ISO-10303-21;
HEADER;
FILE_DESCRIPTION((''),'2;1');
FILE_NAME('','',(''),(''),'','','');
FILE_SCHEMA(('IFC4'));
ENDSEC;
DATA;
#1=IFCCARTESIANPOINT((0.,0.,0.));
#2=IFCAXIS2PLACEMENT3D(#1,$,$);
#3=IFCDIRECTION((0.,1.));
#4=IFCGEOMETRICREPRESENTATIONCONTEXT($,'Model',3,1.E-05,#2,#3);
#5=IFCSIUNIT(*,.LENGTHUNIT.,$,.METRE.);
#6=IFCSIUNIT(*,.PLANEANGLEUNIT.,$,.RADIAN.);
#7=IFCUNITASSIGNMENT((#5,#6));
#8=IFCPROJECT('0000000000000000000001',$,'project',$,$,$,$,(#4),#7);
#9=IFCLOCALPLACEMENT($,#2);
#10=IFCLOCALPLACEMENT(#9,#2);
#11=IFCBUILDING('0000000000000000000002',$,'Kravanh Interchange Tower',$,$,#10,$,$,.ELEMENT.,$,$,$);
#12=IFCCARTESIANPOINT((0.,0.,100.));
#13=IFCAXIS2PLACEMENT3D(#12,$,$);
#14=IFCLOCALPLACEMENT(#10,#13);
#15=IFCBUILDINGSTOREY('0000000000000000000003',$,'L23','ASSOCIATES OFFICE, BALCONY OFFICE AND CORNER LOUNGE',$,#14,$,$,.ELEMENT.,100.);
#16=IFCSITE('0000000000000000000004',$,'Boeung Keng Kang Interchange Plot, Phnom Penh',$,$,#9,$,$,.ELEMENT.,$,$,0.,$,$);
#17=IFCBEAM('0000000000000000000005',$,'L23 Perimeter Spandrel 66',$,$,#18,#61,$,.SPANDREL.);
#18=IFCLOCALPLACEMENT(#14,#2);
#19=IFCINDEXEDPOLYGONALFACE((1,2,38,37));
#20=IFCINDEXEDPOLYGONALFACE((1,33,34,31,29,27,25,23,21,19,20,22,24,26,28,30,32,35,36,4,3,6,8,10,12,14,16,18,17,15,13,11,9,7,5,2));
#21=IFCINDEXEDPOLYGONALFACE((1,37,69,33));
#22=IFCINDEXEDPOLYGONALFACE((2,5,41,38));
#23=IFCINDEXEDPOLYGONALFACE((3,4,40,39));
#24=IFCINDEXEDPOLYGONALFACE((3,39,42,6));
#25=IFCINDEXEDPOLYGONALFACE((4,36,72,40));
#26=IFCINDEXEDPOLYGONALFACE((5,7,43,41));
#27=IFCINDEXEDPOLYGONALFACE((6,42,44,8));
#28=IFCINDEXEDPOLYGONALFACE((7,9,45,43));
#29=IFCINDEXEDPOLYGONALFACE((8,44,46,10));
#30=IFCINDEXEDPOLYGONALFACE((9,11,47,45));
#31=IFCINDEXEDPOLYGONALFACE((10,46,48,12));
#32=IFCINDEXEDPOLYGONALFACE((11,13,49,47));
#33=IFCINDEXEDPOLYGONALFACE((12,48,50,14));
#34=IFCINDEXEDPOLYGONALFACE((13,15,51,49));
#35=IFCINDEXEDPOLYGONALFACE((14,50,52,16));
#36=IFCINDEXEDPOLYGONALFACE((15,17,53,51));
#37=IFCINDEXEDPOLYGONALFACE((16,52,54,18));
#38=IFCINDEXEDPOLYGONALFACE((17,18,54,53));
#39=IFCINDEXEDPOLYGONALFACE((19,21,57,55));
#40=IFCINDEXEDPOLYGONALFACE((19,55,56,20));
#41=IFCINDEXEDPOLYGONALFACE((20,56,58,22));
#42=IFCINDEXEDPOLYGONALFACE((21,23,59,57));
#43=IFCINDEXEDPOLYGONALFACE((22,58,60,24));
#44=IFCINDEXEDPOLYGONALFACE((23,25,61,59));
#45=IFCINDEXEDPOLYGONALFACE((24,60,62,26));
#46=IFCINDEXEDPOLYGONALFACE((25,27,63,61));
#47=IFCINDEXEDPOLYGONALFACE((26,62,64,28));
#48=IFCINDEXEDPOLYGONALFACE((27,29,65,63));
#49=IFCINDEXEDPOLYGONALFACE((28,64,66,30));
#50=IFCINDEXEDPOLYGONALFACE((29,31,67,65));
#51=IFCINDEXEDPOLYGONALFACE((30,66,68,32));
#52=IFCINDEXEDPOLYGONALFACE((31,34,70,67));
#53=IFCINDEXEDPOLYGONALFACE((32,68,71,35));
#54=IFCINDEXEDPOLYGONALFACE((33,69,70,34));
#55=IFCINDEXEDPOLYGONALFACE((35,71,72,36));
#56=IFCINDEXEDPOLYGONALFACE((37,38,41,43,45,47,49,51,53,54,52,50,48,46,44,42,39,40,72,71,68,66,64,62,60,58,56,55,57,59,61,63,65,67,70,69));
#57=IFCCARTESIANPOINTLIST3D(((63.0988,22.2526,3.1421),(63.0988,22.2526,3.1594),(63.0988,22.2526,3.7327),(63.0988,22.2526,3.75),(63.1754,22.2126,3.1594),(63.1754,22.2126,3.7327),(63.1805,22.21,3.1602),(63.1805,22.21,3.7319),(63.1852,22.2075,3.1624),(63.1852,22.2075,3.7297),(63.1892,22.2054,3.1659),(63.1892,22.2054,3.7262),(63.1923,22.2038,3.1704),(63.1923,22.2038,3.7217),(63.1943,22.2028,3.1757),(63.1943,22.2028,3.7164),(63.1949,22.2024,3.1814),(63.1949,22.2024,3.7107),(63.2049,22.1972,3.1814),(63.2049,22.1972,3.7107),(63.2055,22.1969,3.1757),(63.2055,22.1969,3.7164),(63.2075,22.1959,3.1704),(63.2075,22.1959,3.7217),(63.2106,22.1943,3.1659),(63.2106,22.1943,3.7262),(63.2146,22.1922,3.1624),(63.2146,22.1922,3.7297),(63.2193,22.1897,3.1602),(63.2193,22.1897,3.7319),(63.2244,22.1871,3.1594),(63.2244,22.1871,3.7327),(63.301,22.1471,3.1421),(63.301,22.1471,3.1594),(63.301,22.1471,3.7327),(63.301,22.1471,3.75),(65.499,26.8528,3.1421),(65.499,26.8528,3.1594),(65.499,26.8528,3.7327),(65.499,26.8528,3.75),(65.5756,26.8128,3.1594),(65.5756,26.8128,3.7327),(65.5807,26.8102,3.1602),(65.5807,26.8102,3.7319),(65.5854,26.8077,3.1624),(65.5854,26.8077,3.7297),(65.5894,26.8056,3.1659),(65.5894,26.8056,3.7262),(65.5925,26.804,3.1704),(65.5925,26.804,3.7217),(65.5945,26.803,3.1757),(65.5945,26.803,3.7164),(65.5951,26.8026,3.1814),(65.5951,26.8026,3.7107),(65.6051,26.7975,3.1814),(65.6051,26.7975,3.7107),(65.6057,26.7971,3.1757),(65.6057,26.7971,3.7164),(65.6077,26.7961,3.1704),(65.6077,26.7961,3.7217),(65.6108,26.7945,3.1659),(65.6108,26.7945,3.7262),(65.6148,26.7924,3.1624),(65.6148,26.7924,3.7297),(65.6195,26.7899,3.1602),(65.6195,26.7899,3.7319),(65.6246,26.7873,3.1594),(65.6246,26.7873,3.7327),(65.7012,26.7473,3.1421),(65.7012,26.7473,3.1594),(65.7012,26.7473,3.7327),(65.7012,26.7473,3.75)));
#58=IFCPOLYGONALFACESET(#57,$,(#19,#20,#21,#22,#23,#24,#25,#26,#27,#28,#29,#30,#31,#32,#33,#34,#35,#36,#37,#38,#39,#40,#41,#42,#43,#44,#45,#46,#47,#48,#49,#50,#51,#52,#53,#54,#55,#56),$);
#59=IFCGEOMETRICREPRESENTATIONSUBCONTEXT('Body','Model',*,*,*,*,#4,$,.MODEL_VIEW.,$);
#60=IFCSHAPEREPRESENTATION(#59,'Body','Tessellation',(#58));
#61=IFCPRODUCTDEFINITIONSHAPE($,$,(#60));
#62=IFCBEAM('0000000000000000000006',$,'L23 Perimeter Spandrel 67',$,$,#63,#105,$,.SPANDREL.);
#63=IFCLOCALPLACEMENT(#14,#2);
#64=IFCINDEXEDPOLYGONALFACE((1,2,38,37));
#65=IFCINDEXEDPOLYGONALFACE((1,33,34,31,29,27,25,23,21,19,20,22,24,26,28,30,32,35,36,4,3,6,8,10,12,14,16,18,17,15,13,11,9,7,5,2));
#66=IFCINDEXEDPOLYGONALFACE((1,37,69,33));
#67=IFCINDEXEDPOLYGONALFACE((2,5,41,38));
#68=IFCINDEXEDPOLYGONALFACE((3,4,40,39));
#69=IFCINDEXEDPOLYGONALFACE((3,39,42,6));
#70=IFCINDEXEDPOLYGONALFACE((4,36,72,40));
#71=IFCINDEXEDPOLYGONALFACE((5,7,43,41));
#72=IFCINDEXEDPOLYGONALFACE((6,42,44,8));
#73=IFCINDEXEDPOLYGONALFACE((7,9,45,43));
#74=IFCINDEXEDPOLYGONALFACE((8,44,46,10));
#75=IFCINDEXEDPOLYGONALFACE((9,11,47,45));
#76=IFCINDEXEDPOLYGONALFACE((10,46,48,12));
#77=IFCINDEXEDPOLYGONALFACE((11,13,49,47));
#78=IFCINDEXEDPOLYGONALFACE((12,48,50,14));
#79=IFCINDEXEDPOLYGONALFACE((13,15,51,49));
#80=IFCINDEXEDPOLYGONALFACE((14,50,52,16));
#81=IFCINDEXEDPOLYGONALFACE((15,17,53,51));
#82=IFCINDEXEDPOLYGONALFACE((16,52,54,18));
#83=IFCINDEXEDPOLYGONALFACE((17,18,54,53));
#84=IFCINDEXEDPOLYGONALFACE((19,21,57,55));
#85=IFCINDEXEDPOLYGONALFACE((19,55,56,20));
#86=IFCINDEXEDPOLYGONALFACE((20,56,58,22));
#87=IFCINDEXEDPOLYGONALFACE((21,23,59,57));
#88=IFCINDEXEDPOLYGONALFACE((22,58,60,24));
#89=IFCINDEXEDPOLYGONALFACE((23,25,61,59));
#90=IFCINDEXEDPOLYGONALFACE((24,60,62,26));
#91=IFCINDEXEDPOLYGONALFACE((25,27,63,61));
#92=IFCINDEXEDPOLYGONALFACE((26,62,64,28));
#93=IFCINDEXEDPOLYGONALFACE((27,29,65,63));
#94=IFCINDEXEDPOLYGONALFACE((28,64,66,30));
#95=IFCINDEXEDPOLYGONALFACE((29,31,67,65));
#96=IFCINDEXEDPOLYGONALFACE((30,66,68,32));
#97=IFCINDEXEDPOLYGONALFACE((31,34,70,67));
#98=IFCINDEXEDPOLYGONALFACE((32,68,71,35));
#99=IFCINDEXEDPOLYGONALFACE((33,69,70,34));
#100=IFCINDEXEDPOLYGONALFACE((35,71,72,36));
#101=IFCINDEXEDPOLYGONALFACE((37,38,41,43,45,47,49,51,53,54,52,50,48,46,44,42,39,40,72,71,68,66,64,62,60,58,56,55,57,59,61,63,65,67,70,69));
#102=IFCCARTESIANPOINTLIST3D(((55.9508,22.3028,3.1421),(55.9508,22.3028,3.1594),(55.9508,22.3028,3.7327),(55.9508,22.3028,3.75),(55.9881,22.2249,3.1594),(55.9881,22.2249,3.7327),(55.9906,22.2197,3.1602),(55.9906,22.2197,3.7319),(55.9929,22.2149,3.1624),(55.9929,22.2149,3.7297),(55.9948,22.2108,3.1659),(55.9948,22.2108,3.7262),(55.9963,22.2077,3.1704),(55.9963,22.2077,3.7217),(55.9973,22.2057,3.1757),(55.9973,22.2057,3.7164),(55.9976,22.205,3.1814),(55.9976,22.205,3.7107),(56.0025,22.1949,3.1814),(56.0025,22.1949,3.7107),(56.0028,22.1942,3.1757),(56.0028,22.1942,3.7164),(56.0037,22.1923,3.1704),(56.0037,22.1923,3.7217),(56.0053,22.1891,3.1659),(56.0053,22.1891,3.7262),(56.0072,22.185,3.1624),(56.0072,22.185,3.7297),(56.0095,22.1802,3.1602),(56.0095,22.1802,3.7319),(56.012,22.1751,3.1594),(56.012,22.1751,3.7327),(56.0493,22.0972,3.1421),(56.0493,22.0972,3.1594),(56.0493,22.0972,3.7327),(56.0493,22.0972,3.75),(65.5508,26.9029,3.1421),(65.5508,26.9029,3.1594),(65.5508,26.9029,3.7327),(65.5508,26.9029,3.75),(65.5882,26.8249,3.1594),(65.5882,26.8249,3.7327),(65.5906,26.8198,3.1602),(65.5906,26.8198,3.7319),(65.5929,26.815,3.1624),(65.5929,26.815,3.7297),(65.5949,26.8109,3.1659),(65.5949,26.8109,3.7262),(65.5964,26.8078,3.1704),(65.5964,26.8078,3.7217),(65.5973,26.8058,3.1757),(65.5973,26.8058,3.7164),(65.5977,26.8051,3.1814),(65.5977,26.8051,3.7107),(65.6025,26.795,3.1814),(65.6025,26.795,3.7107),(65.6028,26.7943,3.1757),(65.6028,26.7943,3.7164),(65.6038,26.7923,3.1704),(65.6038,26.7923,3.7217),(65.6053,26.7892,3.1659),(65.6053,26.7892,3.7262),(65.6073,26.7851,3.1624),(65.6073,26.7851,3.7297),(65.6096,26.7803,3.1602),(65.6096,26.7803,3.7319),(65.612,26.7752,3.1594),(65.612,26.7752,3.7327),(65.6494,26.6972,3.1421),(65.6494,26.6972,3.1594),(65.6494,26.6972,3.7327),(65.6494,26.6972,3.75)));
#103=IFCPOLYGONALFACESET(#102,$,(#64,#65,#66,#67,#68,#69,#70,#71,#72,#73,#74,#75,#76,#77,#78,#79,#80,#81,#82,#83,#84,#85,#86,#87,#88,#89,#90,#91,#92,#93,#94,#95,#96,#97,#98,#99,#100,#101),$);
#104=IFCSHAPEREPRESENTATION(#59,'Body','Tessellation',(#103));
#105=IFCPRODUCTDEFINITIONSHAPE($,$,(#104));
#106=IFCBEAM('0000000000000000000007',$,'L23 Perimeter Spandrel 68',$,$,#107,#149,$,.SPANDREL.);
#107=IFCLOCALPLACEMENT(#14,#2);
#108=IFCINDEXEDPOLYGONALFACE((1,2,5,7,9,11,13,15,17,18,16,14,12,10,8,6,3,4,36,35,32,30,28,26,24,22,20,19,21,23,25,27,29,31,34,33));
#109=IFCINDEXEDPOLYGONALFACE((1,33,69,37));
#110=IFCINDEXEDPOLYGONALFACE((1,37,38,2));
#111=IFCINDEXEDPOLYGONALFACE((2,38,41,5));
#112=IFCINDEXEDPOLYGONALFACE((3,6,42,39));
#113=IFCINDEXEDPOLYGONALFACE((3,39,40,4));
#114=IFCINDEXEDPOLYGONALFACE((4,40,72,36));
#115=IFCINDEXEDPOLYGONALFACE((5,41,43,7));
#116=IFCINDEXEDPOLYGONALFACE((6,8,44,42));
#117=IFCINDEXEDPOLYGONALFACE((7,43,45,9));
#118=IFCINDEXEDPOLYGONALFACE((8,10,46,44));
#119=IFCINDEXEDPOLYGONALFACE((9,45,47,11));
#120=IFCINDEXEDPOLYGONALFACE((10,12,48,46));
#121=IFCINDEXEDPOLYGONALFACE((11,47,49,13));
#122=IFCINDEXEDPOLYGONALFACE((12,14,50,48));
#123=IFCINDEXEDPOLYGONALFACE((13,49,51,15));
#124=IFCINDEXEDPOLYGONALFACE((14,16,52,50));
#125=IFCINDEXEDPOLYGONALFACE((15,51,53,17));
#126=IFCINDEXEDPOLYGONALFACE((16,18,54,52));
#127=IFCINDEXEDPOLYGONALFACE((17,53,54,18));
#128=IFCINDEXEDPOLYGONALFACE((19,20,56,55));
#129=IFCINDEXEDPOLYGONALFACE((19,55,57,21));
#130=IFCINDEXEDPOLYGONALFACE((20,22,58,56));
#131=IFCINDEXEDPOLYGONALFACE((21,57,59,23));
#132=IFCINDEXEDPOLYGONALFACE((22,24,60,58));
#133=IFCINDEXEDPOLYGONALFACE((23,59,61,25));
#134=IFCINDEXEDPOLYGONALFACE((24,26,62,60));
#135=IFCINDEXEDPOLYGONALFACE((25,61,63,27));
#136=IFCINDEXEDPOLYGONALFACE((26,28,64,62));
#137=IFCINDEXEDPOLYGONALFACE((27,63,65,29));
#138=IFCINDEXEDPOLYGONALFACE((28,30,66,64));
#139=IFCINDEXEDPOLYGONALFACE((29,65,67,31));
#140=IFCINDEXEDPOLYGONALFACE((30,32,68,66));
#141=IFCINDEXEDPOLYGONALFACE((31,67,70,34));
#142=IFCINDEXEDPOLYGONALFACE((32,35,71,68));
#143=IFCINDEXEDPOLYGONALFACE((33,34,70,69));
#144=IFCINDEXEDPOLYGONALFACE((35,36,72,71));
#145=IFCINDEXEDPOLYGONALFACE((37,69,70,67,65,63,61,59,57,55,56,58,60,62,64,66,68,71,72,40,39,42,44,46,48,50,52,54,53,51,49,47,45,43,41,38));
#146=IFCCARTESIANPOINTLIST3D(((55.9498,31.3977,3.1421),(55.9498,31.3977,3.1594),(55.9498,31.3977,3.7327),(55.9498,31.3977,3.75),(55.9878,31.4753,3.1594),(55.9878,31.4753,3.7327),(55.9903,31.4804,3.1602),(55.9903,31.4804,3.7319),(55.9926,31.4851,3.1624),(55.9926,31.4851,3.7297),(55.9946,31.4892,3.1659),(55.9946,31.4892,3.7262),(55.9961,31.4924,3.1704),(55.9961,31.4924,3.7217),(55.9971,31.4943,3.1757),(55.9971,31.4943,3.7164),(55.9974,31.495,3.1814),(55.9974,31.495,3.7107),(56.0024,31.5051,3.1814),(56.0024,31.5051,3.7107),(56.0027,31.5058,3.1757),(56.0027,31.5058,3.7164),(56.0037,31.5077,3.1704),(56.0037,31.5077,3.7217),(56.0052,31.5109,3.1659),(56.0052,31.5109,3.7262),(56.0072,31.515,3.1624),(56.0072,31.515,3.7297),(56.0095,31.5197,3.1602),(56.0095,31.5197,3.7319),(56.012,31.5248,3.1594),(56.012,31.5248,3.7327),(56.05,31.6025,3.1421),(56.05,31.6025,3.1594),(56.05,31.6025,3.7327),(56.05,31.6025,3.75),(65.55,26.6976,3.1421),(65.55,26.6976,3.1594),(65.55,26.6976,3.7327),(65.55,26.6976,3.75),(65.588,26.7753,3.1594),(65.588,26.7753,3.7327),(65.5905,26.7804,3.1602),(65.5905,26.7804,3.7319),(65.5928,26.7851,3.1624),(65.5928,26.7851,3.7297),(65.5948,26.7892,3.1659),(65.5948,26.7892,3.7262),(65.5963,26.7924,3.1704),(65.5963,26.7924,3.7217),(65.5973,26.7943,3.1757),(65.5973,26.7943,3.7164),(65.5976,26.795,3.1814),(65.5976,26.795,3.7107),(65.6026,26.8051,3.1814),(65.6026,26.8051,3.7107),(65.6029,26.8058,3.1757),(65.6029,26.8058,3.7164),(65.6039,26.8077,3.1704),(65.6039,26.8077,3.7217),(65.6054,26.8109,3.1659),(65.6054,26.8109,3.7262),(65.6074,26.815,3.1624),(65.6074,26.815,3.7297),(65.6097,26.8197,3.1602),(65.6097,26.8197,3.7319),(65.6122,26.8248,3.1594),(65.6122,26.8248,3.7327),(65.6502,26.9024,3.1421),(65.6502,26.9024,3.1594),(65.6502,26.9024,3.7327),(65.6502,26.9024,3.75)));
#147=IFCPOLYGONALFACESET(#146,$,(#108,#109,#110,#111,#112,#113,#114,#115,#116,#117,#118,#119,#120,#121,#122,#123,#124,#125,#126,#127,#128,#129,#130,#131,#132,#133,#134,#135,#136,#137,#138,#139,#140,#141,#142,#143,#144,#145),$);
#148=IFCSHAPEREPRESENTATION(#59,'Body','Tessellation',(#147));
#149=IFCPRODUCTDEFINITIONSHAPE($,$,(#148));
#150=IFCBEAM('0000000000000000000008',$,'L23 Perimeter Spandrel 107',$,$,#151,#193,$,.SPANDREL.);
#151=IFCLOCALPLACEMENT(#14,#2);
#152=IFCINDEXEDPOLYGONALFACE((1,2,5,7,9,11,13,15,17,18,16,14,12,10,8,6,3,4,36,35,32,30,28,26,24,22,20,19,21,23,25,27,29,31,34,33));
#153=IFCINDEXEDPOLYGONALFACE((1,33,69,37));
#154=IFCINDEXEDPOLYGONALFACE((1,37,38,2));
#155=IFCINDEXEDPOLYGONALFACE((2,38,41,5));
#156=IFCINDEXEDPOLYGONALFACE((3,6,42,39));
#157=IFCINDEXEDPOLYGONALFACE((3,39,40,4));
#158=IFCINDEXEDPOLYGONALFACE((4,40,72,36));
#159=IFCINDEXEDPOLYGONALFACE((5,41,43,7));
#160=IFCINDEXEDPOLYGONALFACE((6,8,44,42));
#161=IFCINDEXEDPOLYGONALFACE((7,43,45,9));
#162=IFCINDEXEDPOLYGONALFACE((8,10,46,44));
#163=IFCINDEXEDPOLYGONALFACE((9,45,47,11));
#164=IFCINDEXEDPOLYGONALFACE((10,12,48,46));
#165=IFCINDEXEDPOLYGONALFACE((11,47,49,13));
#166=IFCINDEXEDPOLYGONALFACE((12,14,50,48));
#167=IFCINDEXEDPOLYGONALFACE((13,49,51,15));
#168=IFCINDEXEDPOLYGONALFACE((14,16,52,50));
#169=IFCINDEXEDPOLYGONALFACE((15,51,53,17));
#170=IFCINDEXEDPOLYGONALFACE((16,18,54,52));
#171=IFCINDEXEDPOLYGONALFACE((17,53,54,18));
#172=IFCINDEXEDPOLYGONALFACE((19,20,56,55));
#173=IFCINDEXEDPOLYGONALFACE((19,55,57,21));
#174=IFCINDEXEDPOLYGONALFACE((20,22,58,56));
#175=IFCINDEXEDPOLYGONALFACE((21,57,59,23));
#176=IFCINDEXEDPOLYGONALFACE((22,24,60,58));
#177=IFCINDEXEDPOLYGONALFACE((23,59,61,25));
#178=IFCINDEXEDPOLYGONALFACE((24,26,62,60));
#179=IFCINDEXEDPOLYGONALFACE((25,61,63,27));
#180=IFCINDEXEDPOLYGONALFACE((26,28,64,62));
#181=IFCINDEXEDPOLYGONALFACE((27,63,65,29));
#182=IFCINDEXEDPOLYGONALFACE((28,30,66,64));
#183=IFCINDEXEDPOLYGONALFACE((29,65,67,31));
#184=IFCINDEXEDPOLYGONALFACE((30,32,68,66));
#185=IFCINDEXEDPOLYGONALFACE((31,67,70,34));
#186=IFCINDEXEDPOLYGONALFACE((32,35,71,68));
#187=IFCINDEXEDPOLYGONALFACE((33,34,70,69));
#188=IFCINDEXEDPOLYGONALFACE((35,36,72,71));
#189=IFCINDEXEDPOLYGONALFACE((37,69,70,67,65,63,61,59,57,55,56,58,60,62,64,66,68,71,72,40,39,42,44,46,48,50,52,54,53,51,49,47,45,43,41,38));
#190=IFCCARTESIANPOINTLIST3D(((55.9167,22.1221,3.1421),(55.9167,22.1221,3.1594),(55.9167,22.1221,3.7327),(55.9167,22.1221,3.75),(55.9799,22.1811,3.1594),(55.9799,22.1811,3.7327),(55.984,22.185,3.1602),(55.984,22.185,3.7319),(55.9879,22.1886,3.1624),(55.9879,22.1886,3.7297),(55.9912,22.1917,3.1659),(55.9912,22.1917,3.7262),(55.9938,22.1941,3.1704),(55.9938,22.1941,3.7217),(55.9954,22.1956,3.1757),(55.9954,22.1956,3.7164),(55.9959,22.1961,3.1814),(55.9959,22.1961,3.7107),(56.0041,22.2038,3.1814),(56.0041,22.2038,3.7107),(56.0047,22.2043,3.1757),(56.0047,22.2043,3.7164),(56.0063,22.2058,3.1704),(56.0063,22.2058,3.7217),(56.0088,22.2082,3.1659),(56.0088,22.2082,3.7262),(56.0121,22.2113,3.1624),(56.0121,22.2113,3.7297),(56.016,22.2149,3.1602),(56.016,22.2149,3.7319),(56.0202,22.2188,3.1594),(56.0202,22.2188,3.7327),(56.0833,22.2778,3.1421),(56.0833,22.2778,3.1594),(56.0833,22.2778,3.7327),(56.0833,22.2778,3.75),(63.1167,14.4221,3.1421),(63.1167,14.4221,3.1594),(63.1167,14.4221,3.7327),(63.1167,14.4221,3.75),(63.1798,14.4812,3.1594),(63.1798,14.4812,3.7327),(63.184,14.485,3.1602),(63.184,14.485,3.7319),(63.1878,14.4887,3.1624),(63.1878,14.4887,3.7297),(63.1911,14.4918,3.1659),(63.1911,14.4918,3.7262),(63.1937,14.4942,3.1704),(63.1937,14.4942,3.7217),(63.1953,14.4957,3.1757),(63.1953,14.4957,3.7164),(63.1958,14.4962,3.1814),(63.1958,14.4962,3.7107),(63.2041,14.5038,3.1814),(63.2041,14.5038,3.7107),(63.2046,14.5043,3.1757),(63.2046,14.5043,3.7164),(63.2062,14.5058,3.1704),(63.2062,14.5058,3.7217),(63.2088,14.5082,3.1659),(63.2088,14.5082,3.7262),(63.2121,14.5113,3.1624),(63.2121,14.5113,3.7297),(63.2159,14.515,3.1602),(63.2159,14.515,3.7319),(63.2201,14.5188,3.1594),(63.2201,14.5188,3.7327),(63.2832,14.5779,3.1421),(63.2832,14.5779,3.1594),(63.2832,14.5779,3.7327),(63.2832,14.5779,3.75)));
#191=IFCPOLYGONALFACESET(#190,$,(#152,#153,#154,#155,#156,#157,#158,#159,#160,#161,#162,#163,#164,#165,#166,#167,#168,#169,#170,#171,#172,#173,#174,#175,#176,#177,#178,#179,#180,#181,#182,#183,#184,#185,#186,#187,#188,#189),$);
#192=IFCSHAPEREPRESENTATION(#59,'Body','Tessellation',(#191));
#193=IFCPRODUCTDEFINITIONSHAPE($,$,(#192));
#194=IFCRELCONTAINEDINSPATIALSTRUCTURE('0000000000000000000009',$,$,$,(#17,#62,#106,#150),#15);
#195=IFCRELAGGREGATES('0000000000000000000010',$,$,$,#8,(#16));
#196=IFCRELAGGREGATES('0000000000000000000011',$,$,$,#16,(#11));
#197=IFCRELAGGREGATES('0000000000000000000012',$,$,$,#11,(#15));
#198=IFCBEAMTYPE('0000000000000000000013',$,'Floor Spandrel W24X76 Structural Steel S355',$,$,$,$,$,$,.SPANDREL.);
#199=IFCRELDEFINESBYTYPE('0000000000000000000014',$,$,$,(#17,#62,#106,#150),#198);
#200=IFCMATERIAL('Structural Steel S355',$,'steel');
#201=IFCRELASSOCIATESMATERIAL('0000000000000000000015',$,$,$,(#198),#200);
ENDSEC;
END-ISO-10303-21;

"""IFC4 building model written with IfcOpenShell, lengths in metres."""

from ifc_helpers import new_model, si_unit, direction, frame, origin, origin_2d, place, context, subcontext, project, spatial, i_section, extrude, material, material_profile, profile_set, type_object, element, save


model = new_model("IFC4")

# Units and contexts
model_context = context("Model", 3, precision=1e-05, world=origin(), true_north=direction((0.0, 1.0)))
body_context = subcontext(model_context, "Body", "Model", "MODEL_VIEW")
ifc_project = project(units=[si_unit("LENGTHUNIT", "METRE"), si_unit("PLANEANGLEUNIT", "RADIAN")], contexts=[model_context])

# Site, building, storey
site_placement = place(None, origin())
site = spatial("IfcSite", under=ifc_project, at=site_placement, Name="Boeung Keng Kang Interchange Plot, Phnom Penh", CompositionType="ELEMENT", RefElevation=0.0)
building_placement = place(site_placement, origin())
building = spatial("IfcBuilding", under=site, at=building_placement, Name="Kravanh Interchange Tower", CompositionType="ELEMENT")
storey_placement = place(building_placement, frame((0.0, 0.0, 100.0)))
storey = spatial("IfcBuildingStorey", under=building, at=storey_placement, Name="L23", Description="ASSOCIATES OFFICE, BALCONY OFFICE AND CORNER LOUNGE", CompositionType="ELEMENT", Elevation=100.0)

# Beams
ifc_material_1 = material(Name="Structural Steel S355", Category="steel")
ifc_material_profile_1 = material_profile(ifc_material_1, i_section(OverallWidth=0.228, OverallDepth=0.6079, WebThickness=0.0112, FlangeThickness=0.0173, FilletRadius=0.022, at=origin_2d()), Name="W24X76")
ifc_profile_set_1 = profile_set([ifc_material_profile_1], Name="Structural Steel S355")
beam_type_1 = type_object("IfcBeamType", Name="Floor Spandrel W24X76 Structural Steel S355", PredefinedType="SPANDREL", material=ifc_profile_set_1)
beam_1_placement = place(storey_placement, frame((65.6001, 26.8, 3.446), z_axis=(-0.46258, -0.886577, 0.0), x_axis=(0.886577, -0.46258, 0.0)))
element("IfcBeam", 1, at=beam_1_placement, inside=storey, type_object=beam_type_1, Name="L23 Perimeter Spandrel 66", PredefinedType="SPANDREL", context=body_context, shape_type="SweptSolid", body=[
    extrude(i_section(OverallWidth=0.228, OverallDepth=0.6079, WebThickness=0.0112, FlangeThickness=0.0173, FilletRadius=0.022, at=origin_2d()), origin(), (0.0, 0.0, 1.0), 5.1887),
])
beam_2_placement = place(storey_placement, frame((65.6001, 26.8, 3.446), z_axis=(-0.901814, -0.432124, 0.0), x_axis=(0.432124, -0.901814, 0.0)))
element("IfcBeam", 2, at=beam_2_placement, inside=storey, type_object=beam_type_1, Name="L23 Perimeter Spandrel 67", PredefinedType="SPANDREL", context=body_context, shape_type="SweptSolid", body=[
    extrude(i_section(OverallWidth=0.228, OverallDepth=0.6079, WebThickness=0.0112, FlangeThickness=0.0173, FilletRadius=0.022, at=origin_2d()), origin(), (0.0, 0.0, 1.0), 10.6453),
])
beam_3_placement = place(storey_placement, frame((65.6001, 26.8, 3.446), z_axis=(-0.898142, 0.439706, 0.0), x_axis=(-0.439706, -0.898142, 0.0)))
element("IfcBeam", 3, at=beam_3_placement, inside=storey, type_object=beam_type_1, Name="L23 Perimeter Spandrel 68", PredefinedType="SPANDREL", context=body_context, shape_type="SweptSolid", body=[
    extrude(i_section(OverallWidth=0.228, OverallDepth=0.6079, WebThickness=0.0112, FlangeThickness=0.0173, FilletRadius=0.022, at=origin_2d()), origin(), (0.0, 0.0, 1.0), 10.689),
])
beam_4_placement = place(storey_placement, frame((63.2, 14.5, 3.446), z_axis=(-0.682994, 0.730424, 0.0), x_axis=(-0.730424, -0.682994, 0.0)))
element("IfcBeam", 4, at=beam_4_placement, inside=storey, type_object=beam_type_1, Name="L23 Perimeter Spandrel 107", PredefinedType="SPANDREL", context=body_context, shape_type="SweptSolid", body=[
    extrude(i_section(OverallWidth=0.228, OverallDepth=0.6079, WebThickness=0.0112, FlangeThickness=0.0173, FilletRadius=0.022, at=origin_2d()), origin(), (0.0, 0.0, 1.0), 10.5417),
])

save(model, "model.ifc")
